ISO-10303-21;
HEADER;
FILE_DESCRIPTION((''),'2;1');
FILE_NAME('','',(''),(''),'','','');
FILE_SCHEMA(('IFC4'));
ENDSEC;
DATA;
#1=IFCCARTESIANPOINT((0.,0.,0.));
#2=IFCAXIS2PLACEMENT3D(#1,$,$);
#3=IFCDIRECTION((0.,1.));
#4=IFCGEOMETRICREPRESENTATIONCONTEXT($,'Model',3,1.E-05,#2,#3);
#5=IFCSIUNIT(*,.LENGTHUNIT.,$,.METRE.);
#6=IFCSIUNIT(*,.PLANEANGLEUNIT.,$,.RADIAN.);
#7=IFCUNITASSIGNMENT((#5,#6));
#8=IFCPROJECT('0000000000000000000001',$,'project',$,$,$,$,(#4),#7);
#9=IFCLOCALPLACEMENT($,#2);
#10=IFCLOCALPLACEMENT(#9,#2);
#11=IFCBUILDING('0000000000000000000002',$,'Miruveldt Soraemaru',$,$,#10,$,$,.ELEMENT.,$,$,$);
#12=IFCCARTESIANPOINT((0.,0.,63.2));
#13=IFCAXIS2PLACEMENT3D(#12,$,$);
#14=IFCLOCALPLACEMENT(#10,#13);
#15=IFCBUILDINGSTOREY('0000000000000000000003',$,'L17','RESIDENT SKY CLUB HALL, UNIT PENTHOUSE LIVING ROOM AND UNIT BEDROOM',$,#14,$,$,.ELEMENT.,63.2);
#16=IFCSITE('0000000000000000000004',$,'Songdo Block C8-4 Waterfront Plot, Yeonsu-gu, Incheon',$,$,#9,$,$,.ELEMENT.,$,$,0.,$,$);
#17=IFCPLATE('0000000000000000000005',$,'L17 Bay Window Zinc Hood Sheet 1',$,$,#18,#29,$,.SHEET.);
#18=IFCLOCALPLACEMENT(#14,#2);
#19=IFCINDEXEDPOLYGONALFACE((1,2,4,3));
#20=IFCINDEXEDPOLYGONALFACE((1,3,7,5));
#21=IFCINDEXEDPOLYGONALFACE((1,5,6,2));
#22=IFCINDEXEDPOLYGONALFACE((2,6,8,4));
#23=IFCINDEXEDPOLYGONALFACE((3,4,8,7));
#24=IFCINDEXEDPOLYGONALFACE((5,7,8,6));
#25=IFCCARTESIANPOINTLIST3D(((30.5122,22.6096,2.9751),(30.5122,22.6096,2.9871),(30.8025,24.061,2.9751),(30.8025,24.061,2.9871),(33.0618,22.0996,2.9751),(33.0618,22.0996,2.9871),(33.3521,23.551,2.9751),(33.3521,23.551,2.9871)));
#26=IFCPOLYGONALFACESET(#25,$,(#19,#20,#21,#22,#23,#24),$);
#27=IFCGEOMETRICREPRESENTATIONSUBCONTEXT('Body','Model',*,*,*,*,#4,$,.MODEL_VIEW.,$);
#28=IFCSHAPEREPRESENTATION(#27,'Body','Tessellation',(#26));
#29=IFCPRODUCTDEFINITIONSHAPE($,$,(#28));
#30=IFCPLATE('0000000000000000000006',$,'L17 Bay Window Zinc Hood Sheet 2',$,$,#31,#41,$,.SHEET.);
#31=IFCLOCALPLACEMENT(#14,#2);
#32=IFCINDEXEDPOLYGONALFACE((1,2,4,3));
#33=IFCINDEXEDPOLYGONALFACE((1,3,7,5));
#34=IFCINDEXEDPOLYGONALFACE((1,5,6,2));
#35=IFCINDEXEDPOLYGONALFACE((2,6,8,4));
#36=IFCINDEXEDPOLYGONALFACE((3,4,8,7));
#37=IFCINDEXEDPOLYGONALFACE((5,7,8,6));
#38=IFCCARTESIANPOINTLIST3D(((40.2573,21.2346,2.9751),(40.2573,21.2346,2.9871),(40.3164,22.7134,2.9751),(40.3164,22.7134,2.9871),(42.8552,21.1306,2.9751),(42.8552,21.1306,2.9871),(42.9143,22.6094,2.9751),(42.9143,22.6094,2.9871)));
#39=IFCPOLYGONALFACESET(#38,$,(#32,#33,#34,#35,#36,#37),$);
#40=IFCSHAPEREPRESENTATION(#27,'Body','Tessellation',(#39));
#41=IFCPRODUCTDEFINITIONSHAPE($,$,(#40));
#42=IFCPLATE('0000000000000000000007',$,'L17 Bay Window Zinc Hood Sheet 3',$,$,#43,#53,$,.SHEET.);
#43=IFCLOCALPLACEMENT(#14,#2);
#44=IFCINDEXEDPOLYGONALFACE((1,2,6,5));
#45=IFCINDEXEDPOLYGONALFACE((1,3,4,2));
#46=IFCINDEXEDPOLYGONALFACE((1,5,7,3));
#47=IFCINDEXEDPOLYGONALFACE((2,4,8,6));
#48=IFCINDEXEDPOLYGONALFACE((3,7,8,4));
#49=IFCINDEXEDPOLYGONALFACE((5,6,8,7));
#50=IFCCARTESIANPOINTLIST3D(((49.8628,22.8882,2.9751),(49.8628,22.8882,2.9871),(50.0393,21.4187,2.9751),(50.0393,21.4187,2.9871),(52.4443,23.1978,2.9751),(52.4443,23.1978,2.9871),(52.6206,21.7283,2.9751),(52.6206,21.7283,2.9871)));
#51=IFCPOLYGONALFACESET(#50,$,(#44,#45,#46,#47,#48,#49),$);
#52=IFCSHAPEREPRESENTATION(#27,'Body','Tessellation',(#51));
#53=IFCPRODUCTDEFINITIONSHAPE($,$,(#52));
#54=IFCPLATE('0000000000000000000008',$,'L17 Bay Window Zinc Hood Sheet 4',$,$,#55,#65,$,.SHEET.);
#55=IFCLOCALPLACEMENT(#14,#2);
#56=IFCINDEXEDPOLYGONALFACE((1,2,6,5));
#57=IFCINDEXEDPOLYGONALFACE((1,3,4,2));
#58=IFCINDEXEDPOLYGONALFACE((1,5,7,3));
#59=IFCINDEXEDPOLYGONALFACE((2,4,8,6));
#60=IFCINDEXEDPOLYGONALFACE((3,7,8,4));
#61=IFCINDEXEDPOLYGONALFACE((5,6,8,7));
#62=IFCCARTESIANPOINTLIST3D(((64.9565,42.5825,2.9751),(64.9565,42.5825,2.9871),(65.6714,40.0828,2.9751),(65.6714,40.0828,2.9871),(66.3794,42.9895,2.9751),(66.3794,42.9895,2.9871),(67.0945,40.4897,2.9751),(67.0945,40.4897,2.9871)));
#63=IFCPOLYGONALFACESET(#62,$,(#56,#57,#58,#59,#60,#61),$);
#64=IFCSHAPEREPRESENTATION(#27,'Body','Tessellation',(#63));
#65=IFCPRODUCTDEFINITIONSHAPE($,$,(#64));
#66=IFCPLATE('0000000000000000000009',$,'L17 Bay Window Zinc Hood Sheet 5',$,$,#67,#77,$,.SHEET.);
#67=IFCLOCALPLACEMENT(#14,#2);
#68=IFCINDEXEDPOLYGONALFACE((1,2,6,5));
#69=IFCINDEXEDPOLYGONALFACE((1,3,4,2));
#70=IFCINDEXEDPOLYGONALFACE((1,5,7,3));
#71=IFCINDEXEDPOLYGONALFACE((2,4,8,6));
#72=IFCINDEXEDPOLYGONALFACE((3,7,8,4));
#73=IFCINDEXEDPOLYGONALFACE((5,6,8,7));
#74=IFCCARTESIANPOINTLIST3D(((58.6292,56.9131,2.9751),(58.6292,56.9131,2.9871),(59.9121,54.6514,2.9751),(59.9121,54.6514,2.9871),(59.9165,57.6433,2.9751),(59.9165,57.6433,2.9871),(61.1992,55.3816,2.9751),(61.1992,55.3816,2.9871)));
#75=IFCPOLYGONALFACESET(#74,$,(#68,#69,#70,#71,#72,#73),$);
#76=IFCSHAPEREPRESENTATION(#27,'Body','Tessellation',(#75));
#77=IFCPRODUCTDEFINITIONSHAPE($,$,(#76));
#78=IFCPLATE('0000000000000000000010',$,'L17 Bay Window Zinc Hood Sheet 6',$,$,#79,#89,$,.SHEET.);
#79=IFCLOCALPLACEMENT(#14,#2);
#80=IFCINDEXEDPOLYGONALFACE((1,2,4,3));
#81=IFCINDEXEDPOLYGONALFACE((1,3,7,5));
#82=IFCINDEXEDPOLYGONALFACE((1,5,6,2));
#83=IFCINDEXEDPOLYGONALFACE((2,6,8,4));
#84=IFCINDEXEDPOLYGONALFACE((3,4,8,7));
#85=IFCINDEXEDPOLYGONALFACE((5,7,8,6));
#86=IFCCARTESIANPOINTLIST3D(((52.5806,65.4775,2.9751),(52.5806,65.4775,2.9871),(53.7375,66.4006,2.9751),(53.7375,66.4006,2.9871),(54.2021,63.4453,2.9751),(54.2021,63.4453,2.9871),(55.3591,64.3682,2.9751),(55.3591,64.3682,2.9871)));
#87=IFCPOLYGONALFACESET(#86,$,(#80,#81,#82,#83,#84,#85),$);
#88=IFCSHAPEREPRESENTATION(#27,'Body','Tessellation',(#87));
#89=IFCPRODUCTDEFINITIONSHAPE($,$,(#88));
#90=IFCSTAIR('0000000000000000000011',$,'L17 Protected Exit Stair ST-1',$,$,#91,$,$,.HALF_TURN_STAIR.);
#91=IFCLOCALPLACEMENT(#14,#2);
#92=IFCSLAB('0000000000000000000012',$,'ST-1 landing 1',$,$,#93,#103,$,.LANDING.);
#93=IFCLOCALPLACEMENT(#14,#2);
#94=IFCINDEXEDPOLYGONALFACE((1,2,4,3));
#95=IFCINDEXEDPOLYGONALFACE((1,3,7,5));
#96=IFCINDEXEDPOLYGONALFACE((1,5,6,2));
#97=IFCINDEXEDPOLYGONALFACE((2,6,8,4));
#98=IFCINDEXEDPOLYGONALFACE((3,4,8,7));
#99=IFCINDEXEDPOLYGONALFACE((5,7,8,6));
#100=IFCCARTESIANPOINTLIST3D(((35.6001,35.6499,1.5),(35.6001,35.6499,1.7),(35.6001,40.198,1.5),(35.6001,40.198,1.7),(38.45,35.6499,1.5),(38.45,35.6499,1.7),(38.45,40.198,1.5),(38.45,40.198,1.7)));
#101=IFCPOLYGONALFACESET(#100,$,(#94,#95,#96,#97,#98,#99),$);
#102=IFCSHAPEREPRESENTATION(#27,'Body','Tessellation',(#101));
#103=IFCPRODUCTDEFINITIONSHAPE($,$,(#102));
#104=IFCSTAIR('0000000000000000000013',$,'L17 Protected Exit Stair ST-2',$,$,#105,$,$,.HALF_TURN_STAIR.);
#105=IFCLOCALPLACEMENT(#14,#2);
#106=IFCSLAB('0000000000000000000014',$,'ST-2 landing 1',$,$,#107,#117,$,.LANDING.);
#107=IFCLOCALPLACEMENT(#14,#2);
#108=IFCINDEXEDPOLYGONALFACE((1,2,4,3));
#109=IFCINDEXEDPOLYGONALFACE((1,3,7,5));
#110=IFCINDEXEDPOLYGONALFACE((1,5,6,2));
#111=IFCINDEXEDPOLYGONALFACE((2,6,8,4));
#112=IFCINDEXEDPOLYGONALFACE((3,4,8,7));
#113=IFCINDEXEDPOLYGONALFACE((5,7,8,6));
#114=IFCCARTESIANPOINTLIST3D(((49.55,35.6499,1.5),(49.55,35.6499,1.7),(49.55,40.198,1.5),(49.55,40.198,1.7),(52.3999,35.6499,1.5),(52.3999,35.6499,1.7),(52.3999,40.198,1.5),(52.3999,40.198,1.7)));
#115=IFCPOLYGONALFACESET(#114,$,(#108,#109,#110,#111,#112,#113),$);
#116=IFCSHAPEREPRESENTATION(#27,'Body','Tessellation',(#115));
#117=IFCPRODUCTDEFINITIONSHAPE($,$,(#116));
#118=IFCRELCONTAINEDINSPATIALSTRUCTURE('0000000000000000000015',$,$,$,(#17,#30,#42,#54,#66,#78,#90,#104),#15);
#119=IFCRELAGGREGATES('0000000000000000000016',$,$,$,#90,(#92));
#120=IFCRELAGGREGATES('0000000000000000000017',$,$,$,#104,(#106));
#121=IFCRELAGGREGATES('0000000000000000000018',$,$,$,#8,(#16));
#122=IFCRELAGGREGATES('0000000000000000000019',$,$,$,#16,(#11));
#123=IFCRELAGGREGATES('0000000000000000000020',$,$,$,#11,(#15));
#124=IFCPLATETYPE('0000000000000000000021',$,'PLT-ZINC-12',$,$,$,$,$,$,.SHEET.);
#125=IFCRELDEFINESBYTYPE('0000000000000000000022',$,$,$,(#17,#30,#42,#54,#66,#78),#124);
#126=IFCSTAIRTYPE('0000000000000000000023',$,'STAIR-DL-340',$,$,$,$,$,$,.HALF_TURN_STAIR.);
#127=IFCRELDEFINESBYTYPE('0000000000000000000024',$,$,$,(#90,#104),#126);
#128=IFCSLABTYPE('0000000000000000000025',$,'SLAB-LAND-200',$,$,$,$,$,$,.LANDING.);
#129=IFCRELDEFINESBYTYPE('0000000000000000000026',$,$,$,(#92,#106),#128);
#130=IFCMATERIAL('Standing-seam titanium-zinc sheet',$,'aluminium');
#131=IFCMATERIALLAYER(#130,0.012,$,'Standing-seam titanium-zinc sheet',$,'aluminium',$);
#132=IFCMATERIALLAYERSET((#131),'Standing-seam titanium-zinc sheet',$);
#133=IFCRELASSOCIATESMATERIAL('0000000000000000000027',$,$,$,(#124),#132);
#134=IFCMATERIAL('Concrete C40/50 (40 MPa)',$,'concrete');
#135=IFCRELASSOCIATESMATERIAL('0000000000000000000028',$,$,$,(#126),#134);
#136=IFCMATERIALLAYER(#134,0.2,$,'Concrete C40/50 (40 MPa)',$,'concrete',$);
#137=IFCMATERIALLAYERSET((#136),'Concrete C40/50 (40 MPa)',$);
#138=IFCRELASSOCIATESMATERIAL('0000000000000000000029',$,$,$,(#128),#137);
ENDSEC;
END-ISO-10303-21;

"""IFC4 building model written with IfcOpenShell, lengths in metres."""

from ifc_helpers import new_model, si_unit, direction, frame, origin, place, context, subcontext, project, spatial, polyline, outline, extrude, material, layer, layer_set, type_object, element, aggregate, save


model = new_model("IFC4")

# Units and contexts
model_context = context("Model", 3, precision=1e-05, world=origin(), true_north=direction((0.0, 1.0)))
body_context = subcontext(model_context, "Body", "Model", "MODEL_VIEW")
ifc_project = project(units=[si_unit("LENGTHUNIT", "METRE"), si_unit("PLANEANGLEUNIT", "RADIAN")], contexts=[model_context])

# Site, building, storey
site_placement = place(None, origin())
site = spatial("IfcSite", under=ifc_project, at=site_placement, Name="Songdo Block C8-4 Waterfront Plot, Yeonsu-gu, Incheon", CompositionType="ELEMENT", RefElevation=0.0)
building_placement = place(site_placement, origin())
building = spatial("IfcBuilding", under=site, at=building_placement, Name="Miruveldt Soraemaru", CompositionType="ELEMENT")
storey_placement = place(building_placement, frame((0.0, 0.0, 63.2)))
storey = spatial("IfcBuildingStorey", under=building, at=storey_placement, Name="L17", Description="RESIDENT SKY CLUB HALL, UNIT PENTHOUSE LIVING ROOM AND UNIT BEDROOM", CompositionType="ELEMENT", Elevation=63.2)

# Plates
ifc_material_1 = material(Name="Standing-seam titanium-zinc sheet", Category="aluminium")
ifc_layer_1 = layer(ifc_material_1, 0.012, Name="Standing-seam titanium-zinc sheet", Category="aluminium")
ifc_layer_set_1 = layer_set([ifc_layer_1], Name="Standing-seam titanium-zinc sheet")
plate_type = type_object("IfcPlateType", Name="PLT-ZINC-12", PredefinedType="SHEET", material=ifc_layer_set_1)
plate_1_placement = place(storey_placement, frame((0.0, 0.0, 2.9751)))
element("IfcPlate", 1, at=plate_1_placement, inside=storey, type_object=plate_type, Name="L17 Bay Window Zinc Hood Sheet 1", PredefinedType="SHEET", context=body_context, shape_type="SweptSolid", body=[
    extrude(outline(polyline([(30.8025, 24.061), (33.3521, 23.551), (33.0618, 22.0996), (30.5122, 22.6096), (30.8025, 24.061)])), origin(), (0.0, 0.0, 1.0), 0.012),
])
plate_2_placement = place(storey_placement, frame((0.0, 0.0, 2.9751)))
element("IfcPlate", 2, at=plate_2_placement, inside=storey, type_object=plate_type, Name="L17 Bay Window Zinc Hood Sheet 2", PredefinedType="SHEET", context=body_context, shape_type="SweptSolid", body=[
    extrude(outline(polyline([(40.3164, 22.7134), (42.9143, 22.6094), (42.8552, 21.1306), (40.2573, 21.2346), (40.3164, 22.7134)])), origin(), (0.0, 0.0, 1.0), 0.012),
])
plate_3_placement = place(storey_placement, frame((0.0, 0.0, 2.9751)))
element("IfcPlate", 3, at=plate_3_placement, inside=storey, type_object=plate_type, Name="L17 Bay Window Zinc Hood Sheet 3", PredefinedType="SHEET", context=body_context, shape_type="SweptSolid", body=[
    extrude(outline(polyline([(49.8628, 22.8882), (52.4443, 23.1978), (52.6206, 21.7283), (50.0393, 21.4187), (49.8628, 22.8882)])), origin(), (0.0, 0.0, 1.0), 0.012),
])
plate_4_placement = place(storey_placement, frame((0.0, 0.0, 2.9751)))
element("IfcPlate", 4, at=plate_4_placement, inside=storey, type_object=plate_type, Name="L17 Bay Window Zinc Hood Sheet 4", PredefinedType="SHEET", context=body_context, shape_type="SweptSolid", body=[
    extrude(outline(polyline([(65.6714, 40.0828), (64.9565, 42.5825), (66.3794, 42.9895), (67.0945, 40.4897), (65.6714, 40.0828)])), origin(), (0.0, 0.0, 1.0), 0.012),
])
plate_5_placement = place(storey_placement, frame((0.0, 0.0, 2.9751)))
element("IfcPlate", 5, at=plate_5_placement, inside=storey, type_object=plate_type, Name="L17 Bay Window Zinc Hood Sheet 5", PredefinedType="SHEET", context=body_context, shape_type="SweptSolid", body=[
    extrude(outline(polyline([(59.9121, 54.6514), (58.6292, 56.9131), (59.9165, 57.6433), (61.1992, 55.3816), (59.9121, 54.6514)])), origin(), (0.0, 0.0, 1.0), 0.012),
])
plate_6_placement = place(storey_placement, frame((0.0, 0.0, 2.9751)))
element("IfcPlate", 6, at=plate_6_placement, inside=storey, type_object=plate_type, Name="L17 Bay Window Zinc Hood Sheet 6", PredefinedType="SHEET", context=body_context, shape_type="SweptSolid", body=[
    extrude(outline(polyline([(54.2021, 63.4453), (52.5806, 65.4775), (53.7375, 66.4006), (55.3591, 64.3682), (54.2021, 63.4453)])), origin(), (0.0, 0.0, 1.0), 0.012),
])

# Stairs, slabs
ifc_material_2 = material(Name="Concrete C40/50 (40 MPa)", Category="concrete")
stair_type = type_object("IfcStairType", Name="STAIR-DL-340", PredefinedType="HALF_TURN_STAIR", material=ifc_material_2)
stair_1_placement = place(storey_placement, origin())
stair_1 = element("IfcStair", 7, at=stair_1_placement, inside=storey, type_object=stair_type, Name="L17 Protected Exit Stair ST-1", PredefinedType="HALF_TURN_STAIR")
ifc_layer_2 = layer(ifc_material_2, 0.2, Name="Concrete C40/50 (40 MPa)", Category="concrete")
ifc_layer_set_2 = layer_set([ifc_layer_2], Name="Concrete C40/50 (40 MPa)")
slab_type_1 = type_object("IfcSlabType", Name="SLAB-LAND-200", PredefinedType="LANDING", material=ifc_layer_set_2)
slab_1_placement = place(storey_placement, frame((0.0, 0.0, 1.5)))
slab_1 = element("IfcSlab", 8, at=slab_1_placement, type_object=slab_type_1, Name="ST-1 landing 1", PredefinedType="LANDING", context=body_context, shape_type="SweptSolid", body=[
    extrude(outline(polyline([(35.6001, 40.198), (35.6001, 35.6499), (38.45, 35.6499), (38.45, 40.198), (35.6001, 40.198)])), origin(), (0.0, 0.0, 1.0), 0.2),
])
aggregate(stair_1, [slab_1])
stair_2_placement = place(storey_placement, origin())
stair_2 = element("IfcStair", 9, at=stair_2_placement, inside=storey, type_object=stair_type, Name="L17 Protected Exit Stair ST-2", PredefinedType="HALF_TURN_STAIR")
slab_2_placement = place(storey_placement, frame((0.0, 0.0, 1.5)))
slab_2 = element("IfcSlab", 10, at=slab_2_placement, type_object=slab_type_1, Name="ST-2 landing 1", PredefinedType="LANDING", context=body_context, shape_type="SweptSolid", body=[
    extrude(outline(polyline([(49.55, 40.198), (49.55, 35.6499), (52.3999, 35.6499), (52.3999, 40.198), (49.55, 40.198)])), origin(), (0.0, 0.0, 1.0), 0.2),
])
aggregate(stair_2, [slab_2])

save(model, "model.ifc")
